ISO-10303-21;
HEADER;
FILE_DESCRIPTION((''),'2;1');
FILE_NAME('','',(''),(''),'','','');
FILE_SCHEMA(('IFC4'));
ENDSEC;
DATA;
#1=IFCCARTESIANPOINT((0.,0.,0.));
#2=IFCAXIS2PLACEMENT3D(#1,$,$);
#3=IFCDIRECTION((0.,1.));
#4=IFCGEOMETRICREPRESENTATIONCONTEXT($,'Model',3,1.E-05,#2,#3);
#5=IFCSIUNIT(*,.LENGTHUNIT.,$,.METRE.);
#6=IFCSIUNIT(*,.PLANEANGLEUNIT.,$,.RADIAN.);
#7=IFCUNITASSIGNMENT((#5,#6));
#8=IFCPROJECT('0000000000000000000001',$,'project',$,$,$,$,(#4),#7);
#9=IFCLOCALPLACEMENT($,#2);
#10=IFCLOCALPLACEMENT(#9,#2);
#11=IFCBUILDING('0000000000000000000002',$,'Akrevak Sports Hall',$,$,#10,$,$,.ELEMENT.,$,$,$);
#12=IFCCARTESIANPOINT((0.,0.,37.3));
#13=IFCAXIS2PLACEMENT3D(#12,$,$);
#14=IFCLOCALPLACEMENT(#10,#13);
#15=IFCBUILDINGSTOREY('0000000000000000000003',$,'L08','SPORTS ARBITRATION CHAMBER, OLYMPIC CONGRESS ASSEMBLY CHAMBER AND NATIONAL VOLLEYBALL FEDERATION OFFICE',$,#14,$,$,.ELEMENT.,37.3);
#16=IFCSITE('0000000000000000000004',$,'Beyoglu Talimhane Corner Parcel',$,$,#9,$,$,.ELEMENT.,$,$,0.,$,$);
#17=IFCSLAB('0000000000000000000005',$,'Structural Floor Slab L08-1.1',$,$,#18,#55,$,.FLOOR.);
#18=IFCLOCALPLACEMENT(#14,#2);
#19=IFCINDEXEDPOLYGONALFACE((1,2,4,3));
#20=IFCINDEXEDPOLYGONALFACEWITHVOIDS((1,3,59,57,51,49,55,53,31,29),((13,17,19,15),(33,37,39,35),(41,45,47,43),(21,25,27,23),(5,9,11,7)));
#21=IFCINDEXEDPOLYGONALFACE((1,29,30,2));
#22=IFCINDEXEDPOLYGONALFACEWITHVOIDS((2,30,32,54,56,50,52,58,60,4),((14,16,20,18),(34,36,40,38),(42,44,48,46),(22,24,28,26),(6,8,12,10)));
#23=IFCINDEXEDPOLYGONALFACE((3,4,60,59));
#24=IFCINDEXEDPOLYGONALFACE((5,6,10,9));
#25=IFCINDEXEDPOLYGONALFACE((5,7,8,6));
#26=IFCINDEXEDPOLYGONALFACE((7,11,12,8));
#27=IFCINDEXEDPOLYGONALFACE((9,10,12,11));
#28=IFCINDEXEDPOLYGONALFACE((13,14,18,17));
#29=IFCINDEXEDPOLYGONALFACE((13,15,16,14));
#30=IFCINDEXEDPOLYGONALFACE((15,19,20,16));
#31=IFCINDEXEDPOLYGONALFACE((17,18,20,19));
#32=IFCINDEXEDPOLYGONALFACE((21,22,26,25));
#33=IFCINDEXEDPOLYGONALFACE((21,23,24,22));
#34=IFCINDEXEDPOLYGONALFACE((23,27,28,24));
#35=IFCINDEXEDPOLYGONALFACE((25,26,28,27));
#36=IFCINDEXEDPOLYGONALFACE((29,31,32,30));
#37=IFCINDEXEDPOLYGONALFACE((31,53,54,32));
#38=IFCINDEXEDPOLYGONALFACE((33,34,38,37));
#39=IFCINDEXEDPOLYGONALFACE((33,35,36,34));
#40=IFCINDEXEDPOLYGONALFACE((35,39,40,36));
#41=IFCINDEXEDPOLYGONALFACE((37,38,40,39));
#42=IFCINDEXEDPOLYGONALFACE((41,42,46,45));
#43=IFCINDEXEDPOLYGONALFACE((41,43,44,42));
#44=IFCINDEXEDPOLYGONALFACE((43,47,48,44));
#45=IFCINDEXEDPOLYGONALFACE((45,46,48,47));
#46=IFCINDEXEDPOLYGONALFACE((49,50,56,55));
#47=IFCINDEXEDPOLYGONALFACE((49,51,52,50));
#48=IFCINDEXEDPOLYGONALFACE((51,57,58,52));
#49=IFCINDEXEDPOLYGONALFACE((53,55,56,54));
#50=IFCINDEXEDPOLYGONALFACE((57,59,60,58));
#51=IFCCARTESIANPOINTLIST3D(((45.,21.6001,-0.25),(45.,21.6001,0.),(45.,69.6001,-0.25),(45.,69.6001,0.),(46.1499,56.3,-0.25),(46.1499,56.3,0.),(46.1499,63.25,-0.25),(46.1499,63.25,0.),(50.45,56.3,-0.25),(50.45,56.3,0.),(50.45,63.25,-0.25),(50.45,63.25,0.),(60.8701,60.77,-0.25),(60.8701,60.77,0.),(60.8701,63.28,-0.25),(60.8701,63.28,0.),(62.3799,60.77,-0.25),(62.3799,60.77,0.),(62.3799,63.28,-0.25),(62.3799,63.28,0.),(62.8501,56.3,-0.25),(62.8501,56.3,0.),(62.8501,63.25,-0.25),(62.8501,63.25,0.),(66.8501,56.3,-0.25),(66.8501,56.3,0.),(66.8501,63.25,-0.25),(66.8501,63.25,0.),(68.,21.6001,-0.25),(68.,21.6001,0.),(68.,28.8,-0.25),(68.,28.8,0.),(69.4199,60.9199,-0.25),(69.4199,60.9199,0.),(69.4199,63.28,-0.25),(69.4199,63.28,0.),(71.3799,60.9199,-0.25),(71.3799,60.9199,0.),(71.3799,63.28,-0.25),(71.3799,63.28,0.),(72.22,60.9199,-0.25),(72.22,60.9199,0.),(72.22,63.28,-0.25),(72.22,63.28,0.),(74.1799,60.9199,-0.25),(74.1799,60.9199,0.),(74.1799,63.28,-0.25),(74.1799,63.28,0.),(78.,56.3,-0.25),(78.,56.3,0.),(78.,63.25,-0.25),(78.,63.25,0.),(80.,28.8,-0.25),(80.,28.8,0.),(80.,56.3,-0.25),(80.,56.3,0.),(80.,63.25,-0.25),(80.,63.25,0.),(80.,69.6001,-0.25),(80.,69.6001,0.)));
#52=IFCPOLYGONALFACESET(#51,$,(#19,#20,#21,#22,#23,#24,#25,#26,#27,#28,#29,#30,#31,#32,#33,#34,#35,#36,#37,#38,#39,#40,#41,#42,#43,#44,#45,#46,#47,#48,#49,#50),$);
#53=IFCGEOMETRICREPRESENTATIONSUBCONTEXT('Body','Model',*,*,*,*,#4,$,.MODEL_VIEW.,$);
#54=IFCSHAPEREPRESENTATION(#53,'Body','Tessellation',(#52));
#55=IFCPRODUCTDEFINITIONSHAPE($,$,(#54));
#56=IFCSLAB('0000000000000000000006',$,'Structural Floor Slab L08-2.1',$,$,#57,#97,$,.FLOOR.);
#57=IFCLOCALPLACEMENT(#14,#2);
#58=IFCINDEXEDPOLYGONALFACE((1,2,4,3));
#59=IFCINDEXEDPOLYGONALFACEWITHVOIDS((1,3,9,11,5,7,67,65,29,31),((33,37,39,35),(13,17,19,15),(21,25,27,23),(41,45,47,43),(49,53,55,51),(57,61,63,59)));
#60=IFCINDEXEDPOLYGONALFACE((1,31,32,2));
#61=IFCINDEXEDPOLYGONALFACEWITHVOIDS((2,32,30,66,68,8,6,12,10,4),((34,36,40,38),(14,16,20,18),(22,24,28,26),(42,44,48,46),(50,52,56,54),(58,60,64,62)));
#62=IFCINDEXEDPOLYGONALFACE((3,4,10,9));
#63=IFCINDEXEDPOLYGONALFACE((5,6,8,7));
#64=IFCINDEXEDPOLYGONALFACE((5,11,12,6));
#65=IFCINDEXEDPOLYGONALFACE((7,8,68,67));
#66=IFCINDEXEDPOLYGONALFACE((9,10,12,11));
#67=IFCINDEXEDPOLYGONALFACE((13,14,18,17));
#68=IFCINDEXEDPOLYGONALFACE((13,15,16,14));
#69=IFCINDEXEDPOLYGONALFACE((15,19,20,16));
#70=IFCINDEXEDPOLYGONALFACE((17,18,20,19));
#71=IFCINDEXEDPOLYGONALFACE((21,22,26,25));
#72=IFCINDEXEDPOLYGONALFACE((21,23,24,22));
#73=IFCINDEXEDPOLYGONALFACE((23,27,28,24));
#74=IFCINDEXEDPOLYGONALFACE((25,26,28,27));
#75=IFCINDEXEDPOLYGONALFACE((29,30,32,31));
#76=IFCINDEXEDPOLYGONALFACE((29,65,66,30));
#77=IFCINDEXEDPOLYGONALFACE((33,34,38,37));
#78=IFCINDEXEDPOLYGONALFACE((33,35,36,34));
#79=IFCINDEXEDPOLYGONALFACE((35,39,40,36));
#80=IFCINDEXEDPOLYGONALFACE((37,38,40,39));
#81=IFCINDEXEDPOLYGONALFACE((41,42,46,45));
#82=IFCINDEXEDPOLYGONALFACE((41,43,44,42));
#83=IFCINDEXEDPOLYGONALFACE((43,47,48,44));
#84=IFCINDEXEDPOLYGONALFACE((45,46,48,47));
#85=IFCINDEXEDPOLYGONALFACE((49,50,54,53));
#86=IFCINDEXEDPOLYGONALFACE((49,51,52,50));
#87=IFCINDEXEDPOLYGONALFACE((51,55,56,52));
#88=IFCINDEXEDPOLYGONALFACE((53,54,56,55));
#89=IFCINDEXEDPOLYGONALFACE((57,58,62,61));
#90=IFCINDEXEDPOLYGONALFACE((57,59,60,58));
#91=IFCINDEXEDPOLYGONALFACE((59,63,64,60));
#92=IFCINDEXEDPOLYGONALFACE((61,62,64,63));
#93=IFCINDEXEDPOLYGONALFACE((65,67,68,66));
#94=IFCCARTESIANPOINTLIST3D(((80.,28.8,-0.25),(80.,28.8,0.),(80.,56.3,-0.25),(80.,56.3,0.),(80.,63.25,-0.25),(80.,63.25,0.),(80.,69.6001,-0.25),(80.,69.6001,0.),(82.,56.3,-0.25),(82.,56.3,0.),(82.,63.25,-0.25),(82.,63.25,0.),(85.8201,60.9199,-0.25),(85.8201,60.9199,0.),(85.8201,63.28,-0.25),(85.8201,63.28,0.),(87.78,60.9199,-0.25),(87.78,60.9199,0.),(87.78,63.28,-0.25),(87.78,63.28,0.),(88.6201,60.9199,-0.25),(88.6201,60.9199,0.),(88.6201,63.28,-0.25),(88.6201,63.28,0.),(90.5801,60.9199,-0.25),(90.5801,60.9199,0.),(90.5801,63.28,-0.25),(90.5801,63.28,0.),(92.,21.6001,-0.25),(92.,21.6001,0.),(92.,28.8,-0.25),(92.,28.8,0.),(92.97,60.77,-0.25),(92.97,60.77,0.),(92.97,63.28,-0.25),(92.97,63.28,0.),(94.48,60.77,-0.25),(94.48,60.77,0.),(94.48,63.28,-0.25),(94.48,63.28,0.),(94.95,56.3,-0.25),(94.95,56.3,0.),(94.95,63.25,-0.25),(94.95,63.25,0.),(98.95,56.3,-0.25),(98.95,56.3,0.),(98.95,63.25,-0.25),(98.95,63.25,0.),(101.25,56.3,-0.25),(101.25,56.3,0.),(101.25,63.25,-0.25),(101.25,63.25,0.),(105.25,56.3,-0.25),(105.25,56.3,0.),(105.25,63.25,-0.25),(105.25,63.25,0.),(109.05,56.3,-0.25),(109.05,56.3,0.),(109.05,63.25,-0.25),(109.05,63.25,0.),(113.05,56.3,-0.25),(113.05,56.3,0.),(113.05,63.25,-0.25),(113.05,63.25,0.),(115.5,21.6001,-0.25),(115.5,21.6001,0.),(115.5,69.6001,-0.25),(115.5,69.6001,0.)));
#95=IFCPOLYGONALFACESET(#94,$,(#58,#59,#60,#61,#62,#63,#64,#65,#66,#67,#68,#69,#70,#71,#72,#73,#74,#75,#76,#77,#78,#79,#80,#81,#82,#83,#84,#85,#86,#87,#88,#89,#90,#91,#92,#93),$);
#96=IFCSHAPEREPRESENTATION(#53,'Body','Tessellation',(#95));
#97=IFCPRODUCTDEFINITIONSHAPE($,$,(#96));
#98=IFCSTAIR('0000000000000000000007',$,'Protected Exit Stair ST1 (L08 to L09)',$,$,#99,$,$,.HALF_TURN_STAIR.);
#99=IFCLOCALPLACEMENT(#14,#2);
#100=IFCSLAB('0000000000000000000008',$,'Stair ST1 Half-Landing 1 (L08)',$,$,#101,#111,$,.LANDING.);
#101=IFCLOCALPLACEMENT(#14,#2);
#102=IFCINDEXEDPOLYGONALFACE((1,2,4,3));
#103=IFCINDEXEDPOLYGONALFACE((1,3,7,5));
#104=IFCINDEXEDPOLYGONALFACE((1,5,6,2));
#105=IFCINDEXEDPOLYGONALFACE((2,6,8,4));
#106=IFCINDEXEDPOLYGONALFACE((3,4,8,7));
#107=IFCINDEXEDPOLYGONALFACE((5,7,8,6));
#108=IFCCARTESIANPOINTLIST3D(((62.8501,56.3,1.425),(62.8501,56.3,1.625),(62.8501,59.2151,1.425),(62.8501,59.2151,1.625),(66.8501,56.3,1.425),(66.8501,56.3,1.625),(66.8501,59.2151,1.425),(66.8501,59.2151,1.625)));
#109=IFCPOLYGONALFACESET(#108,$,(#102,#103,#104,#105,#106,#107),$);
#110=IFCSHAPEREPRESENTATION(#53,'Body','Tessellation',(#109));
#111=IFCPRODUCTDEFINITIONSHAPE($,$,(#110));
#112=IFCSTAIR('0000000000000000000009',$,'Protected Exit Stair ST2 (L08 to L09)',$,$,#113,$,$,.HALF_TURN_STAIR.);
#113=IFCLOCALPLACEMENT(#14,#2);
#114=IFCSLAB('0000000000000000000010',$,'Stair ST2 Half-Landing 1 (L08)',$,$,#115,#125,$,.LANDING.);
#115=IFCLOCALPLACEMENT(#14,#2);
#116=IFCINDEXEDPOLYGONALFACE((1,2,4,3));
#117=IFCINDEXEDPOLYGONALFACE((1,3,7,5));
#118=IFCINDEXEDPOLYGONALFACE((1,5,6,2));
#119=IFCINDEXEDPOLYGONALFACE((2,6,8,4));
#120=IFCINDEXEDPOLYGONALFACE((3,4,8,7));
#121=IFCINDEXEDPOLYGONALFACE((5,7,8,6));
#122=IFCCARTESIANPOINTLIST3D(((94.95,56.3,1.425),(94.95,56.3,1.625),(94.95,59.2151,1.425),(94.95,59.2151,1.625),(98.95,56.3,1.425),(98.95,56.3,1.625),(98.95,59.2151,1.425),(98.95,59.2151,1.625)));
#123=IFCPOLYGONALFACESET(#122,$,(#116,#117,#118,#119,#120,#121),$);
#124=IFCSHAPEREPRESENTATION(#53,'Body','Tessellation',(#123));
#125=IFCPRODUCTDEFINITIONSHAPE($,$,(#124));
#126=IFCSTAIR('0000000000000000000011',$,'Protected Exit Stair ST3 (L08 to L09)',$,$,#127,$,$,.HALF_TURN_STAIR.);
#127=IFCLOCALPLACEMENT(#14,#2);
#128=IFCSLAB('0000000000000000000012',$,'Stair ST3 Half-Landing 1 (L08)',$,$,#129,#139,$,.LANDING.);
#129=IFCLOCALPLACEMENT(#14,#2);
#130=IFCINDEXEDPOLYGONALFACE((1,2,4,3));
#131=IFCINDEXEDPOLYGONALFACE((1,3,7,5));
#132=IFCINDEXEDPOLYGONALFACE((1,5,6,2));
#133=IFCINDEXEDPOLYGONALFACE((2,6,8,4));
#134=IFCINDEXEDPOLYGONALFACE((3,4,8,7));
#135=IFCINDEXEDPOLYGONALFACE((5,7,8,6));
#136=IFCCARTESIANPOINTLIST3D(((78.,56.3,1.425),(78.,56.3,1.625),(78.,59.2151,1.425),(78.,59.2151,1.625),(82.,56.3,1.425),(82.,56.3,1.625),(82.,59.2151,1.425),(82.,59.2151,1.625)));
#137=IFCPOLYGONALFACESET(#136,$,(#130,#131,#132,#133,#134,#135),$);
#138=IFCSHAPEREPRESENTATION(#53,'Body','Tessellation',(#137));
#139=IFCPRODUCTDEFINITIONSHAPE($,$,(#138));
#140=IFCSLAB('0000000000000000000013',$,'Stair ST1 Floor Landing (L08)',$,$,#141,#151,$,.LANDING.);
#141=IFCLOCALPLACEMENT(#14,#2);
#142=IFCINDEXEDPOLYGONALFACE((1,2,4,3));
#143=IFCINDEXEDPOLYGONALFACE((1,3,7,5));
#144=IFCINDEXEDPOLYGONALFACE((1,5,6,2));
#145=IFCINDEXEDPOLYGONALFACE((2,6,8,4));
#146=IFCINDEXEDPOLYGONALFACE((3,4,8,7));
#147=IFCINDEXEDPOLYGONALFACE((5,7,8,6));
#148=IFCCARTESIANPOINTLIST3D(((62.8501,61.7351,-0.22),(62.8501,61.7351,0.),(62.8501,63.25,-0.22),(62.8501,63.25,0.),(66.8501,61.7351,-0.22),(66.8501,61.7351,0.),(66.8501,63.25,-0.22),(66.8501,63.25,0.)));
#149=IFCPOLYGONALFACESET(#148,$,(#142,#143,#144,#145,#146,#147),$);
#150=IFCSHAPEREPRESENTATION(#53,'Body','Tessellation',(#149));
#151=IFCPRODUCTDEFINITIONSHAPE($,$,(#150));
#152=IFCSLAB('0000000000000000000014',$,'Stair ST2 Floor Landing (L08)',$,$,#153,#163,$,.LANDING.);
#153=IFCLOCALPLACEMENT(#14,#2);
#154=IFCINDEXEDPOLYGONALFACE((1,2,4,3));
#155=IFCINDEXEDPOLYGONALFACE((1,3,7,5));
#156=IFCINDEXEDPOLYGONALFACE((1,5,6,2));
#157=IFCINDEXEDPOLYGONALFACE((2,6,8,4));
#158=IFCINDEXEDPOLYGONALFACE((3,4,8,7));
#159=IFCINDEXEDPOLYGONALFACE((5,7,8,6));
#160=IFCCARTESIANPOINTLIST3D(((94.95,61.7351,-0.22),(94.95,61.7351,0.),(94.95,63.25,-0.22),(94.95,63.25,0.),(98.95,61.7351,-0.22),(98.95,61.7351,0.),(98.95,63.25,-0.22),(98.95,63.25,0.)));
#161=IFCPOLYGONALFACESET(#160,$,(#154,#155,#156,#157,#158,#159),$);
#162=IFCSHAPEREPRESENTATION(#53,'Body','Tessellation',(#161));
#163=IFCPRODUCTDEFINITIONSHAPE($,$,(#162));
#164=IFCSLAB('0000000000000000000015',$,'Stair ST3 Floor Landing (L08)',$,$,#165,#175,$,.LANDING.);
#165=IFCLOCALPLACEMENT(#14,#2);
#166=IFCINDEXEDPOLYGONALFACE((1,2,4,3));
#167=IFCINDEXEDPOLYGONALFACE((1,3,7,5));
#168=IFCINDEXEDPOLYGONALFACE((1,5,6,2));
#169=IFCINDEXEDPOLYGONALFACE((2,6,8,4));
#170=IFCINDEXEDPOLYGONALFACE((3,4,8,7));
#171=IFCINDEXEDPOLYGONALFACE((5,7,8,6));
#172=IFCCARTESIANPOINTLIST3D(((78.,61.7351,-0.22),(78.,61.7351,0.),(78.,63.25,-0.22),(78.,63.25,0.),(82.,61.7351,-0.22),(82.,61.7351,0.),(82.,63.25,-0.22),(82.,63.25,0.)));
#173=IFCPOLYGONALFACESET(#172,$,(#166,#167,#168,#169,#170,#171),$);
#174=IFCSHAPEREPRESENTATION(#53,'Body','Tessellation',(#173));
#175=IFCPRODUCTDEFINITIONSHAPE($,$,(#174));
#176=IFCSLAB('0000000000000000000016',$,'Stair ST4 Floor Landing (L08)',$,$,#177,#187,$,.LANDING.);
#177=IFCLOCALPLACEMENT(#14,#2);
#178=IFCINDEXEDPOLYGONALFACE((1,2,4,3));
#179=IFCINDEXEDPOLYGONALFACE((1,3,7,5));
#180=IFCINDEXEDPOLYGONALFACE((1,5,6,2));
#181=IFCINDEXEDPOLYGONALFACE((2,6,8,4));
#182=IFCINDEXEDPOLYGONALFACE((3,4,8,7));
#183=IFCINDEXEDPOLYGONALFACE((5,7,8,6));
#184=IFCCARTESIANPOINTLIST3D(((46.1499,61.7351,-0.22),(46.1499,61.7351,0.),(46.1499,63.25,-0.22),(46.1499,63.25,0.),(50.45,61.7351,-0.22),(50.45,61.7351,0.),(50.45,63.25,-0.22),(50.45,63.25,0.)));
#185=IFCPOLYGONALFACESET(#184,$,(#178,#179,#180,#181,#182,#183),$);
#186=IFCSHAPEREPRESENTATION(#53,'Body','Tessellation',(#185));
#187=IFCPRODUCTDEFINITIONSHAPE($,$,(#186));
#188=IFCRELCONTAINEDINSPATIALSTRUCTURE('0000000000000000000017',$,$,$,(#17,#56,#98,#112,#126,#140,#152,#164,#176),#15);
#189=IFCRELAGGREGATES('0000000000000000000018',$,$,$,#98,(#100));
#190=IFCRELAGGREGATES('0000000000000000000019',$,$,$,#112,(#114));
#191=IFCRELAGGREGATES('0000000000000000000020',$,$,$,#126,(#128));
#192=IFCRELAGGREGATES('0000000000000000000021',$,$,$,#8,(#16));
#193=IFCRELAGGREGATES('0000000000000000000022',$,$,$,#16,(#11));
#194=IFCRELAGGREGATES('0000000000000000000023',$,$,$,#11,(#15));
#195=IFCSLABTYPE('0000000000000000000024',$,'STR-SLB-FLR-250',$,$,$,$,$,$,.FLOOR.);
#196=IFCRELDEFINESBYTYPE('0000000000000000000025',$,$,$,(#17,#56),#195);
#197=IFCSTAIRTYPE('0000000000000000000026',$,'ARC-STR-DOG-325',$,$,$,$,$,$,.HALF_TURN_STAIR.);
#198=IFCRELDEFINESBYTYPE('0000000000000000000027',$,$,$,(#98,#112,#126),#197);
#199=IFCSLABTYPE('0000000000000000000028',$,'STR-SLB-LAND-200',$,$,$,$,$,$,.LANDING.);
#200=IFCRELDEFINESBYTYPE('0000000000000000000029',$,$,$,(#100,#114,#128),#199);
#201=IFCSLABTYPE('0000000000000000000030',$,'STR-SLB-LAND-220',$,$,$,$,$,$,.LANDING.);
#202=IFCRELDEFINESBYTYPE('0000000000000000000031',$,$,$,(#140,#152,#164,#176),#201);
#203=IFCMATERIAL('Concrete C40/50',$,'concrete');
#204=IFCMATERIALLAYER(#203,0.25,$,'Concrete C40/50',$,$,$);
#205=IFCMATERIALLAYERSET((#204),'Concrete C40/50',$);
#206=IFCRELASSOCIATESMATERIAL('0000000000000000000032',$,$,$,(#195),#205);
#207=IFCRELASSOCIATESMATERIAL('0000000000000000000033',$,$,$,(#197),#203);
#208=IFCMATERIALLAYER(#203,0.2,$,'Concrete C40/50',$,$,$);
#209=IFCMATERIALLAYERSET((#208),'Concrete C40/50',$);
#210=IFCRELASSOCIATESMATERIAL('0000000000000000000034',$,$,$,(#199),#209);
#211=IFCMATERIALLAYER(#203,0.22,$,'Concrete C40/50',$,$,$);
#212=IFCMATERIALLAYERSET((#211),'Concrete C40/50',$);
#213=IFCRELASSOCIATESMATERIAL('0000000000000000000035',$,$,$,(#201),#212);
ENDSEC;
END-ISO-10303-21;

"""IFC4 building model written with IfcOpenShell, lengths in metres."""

from ifc_helpers import new_model, si_unit, direction, frame, origin, place, context, subcontext, project, spatial, polyline, outline, extrude, material, layer, layer_set, type_object, element, aggregate, save


model = new_model("IFC4")

# Units and contexts
model_context = context("Model", 3, precision=1e-05, world=origin(), true_north=direction((0.0, 1.0)))
body_context = subcontext(model_context, "Body", "Model", "MODEL_VIEW")
ifc_project = project(units=[si_unit("LENGTHUNIT", "METRE"), si_unit("PLANEANGLEUNIT", "RADIAN")], contexts=[model_context])

# Site, building, storey
site_placement = place(None, origin())
site = spatial("IfcSite", under=ifc_project, at=site_placement, Name="Beyoglu Talimhane Corner Parcel", CompositionType="ELEMENT", RefElevation=0.0)
building_placement = place(site_placement, origin())
building = spatial("IfcBuilding", under=site, at=building_placement, Name="Akrevak Sports Hall", CompositionType="ELEMENT")
storey_placement = place(building_placement, frame((0.0, 0.0, 37.3)))
storey = spatial("IfcBuildingStorey", under=building, at=storey_placement, Name="L08", Description="SPORTS ARBITRATION CHAMBER, OLYMPIC CONGRESS ASSEMBLY CHAMBER AND NATIONAL VOLLEYBALL FEDERATION OFFICE", CompositionType="ELEMENT", Elevation=37.3)

# Shared definitions
ifc_material_1 = material(Name="Concrete C40/50", Category="concrete")

# Slabs
ifc_layer_1 = layer(ifc_material_1, 0.25, Name="Concrete C40/50")
ifc_layer_set_1 = layer_set([ifc_layer_1], Name="Concrete C40/50")
slab_type_1 = type_object("IfcSlabType", Name="STR-SLB-FLR-250", PredefinedType="FLOOR", material=ifc_layer_set_1)
slab_1_placement = place(storey_placement, frame((0.0, 0.0, -0.25)))
element("IfcSlab", 1, at=slab_1_placement, inside=storey, type_object=slab_type_1, Name="Structural Floor Slab L08-1.1", PredefinedType="FLOOR", context=body_context, shape_type="SweptSolid", body=[
    extrude(outline(polyline([(45.0, 69.6001), (45.0, 21.6001), (68.0, 21.6001), (68.0, 28.8), (80.0, 28.8), (80.0, 56.3), (78.0, 56.3), (78.0, 63.25), (80.0, 63.25), (80.0, 69.6001), (45.0, 69.6001)]), holes=[polyline([(46.1499, 63.25), (50.45, 63.25), (50.45, 56.3), (46.1499, 56.3), (46.1499, 63.25)]), polyline([(66.8501, 63.25), (66.8501, 56.3), (62.8501, 56.3), (62.8501, 63.25), (66.8501, 63.25)]), polyline([(60.8701, 63.28), (62.3799, 63.28), (62.3799, 60.77), (60.8701, 60.77), (60.8701, 63.28)]), polyline([(71.3799, 63.28), (71.3799, 60.9199), (69.4199, 60.9199), (69.4199, 63.28), (71.3799, 63.28)]), polyline([(74.1799, 63.28), (74.1799, 60.9199), (72.22, 60.9199), (72.22, 63.28), (74.1799, 63.28)])]), origin(), (0.0, 0.0, 1.0), 0.25),
])
slab_2_placement = place(storey_placement, frame((0.0, 0.0, -0.25)))
element("IfcSlab", 2, at=slab_2_placement, inside=storey, type_object=slab_type_1, Name="Structural Floor Slab L08-2.1", PredefinedType="FLOOR", context=body_context, shape_type="SweptSolid", body=[
    extrude(outline(polyline([(80.0, 69.6001), (80.0, 63.25), (82.0, 63.25), (82.0, 56.3), (80.0, 56.3), (80.0, 28.8), (92.0, 28.8), (92.0, 21.6001), (115.5, 21.6001), (115.5, 69.6001), (80.0, 69.6001)]), holes=[polyline([(94.95, 63.25), (98.95, 63.25), (98.95, 56.3), (94.95, 56.3), (94.95, 63.25)]), polyline([(105.25, 63.25), (105.25, 56.3), (101.25, 56.3), (101.25, 63.25), (105.25, 63.25)]), polyline([(113.05, 63.25), (113.05, 56.3), (109.05, 56.3), (109.05, 63.25), (113.05, 63.25)]), polyline([(92.97, 63.28), (94.48, 63.28), (94.48, 60.77), (92.97, 60.77), (92.97, 63.28)]), polyline([(87.78, 63.28), (87.78, 60.9199), (85.8201, 60.9199), (85.8201, 63.28), (87.78, 63.28)]), polyline([(90.5801, 63.28), (90.5801, 60.9199), (88.6201, 60.9199), (88.6201, 63.28), (90.5801, 63.28)])]), origin(), (0.0, 0.0, 1.0), 0.25),
])

# Stairs, slabs
stair_type = type_object("IfcStairType", Name="ARC-STR-DOG-325", PredefinedType="HALF_TURN_STAIR", material=ifc_material_1)
stair_1_placement = place(storey_placement, origin())
stair_1 = element("IfcStair", 3, at=stair_1_placement, inside=storey, type_object=stair_type, Name="Protected Exit Stair ST1 (L08 to L09)", PredefinedType="HALF_TURN_STAIR")
ifc_layer_2 = layer(ifc_material_1, 0.2, Name="Concrete C40/50")
ifc_layer_set_2 = layer_set([ifc_layer_2], Name="Concrete C40/50")
slab_type_2 = type_object("IfcSlabType", Name="STR-SLB-LAND-200", PredefinedType="LANDING", material=ifc_layer_set_2)
slab_3_placement = place(storey_placement, frame((0.0, 0.0, 1.425)))
slab_3 = element("IfcSlab", 4, at=slab_3_placement, type_object=slab_type_2, Name="Stair ST1 Half-Landing 1 (L08)", PredefinedType="LANDING", context=body_context, shape_type="SweptSolid", body=[
    extrude(outline(polyline([(62.8501, 56.3), (66.8501, 56.3), (66.8501, 59.2151), (62.8501, 59.2151), (62.8501, 56.3)])), origin(), (0.0, 0.0, 1.0), 0.2),
])
aggregate(stair_1, [slab_3])
stair_2_placement = place(storey_placement, origin())
stair_2 = element("IfcStair", 5, at=stair_2_placement, inside=storey, type_object=stair_type, Name="Protected Exit Stair ST2 (L08 to L09)", PredefinedType="HALF_TURN_STAIR")
slab_4_placement = place(storey_placement, frame((0.0, 0.0, 1.425)))
slab_4 = element("IfcSlab", 6, at=slab_4_placement, type_object=slab_type_2, Name="Stair ST2 Half-Landing 1 (L08)", PredefinedType="LANDING", context=body_context, shape_type="SweptSolid", body=[
    extrude(outline(polyline([(94.95, 56.3), (98.95, 56.3), (98.95, 59.2151), (94.95, 59.2151), (94.95, 56.3)])), origin(), (0.0, 0.0, 1.0), 0.2),
])
aggregate(stair_2, [slab_4])
stair_3_placement = place(storey_placement, origin())
stair_3 = element("IfcStair", 7, at=stair_3_placement, inside=storey, type_object=stair_type, Name="Protected Exit Stair ST3 (L08 to L09)", PredefinedType="HALF_TURN_STAIR")
slab_5_placement = place(storey_placement, frame((0.0, 0.0, 1.425)))
slab_5 = element("IfcSlab", 8, at=slab_5_placement, type_object=slab_type_2, Name="Stair ST3 Half-Landing 1 (L08)", PredefinedType="LANDING", context=body_context, shape_type="SweptSolid", body=[
    extrude(outline(polyline([(78.0, 56.3), (82.0, 56.3), (82.0, 59.2151), (78.0, 59.2151), (78.0, 56.3)])), origin(), (0.0, 0.0, 1.0), 0.2),
])
aggregate(stair_3, [slab_5])

# Slabs
ifc_layer_3 = layer(ifc_material_1, 0.22, Name="Concrete C40/50")
ifc_layer_set_3 = layer_set([ifc_layer_3], Name="Concrete C40/50")
slab_type_3 = type_object("IfcSlabType", Name="STR-SLB-LAND-220", PredefinedType="LANDING", material=ifc_layer_set_3)
slab_6_placement = place(storey_placement, frame((0.0, 0.0, -0.22)))
element("IfcSlab", 9, at=slab_6_placement, inside=storey, type_object=slab_type_3, Name="Stair ST1 Floor Landing (L08)", PredefinedType="LANDING", context=body_context, shape_type="SweptSolid", body=[
    extrude(outline(polyline([(62.8501, 61.7351), (66.8501, 61.7351), (66.8501, 63.25), (62.8501, 63.25), (62.8501, 61.7351)])), origin(), (0.0, 0.0, 1.0), 0.22),
])
slab_7_placement = place(storey_placement, frame((0.0, 0.0, -0.22)))
element("IfcSlab", 10, at=slab_7_placement, inside=storey, type_object=slab_type_3, Name="Stair ST2 Floor Landing (L08)", PredefinedType="LANDING", context=body_context, shape_type="SweptSolid", body=[
    extrude(outline(polyline([(94.95, 61.7351), (98.95, 61.7351), (98.95, 63.25), (94.95, 63.25), (94.95, 61.7351)])), origin(), (0.0, 0.0, 1.0), 0.22),
])
slab_8_placement = place(storey_placement, frame((0.0, 0.0, -0.22)))
element("IfcSlab", 11, at=slab_8_placement, inside=storey, type_object=slab_type_3, Name="Stair ST3 Floor Landing (L08)", PredefinedType="LANDING", context=body_context, shape_type="SweptSolid", body=[
    extrude(outline(polyline([(78.0, 61.7351), (82.0, 61.7351), (82.0, 63.25), (78.0, 63.25), (78.0, 61.7351)])), origin(), (0.0, 0.0, 1.0), 0.22),
])
slab_9_placement = place(storey_placement, frame((0.0, 0.0, -0.22)))
element("IfcSlab", 12, at=slab_9_placement, inside=storey, type_object=slab_type_3, Name="Stair ST4 Floor Landing (L08)", PredefinedType="LANDING", context=body_context, shape_type="SweptSolid", body=[
    extrude(outline(polyline([(46.1499, 61.7351), (50.45, 61.7351), (50.45, 63.25), (46.1499, 63.25), (46.1499, 61.7351)])), origin(), (0.0, 0.0, 1.0), 0.22),
])

save(model, "model.ifc")
